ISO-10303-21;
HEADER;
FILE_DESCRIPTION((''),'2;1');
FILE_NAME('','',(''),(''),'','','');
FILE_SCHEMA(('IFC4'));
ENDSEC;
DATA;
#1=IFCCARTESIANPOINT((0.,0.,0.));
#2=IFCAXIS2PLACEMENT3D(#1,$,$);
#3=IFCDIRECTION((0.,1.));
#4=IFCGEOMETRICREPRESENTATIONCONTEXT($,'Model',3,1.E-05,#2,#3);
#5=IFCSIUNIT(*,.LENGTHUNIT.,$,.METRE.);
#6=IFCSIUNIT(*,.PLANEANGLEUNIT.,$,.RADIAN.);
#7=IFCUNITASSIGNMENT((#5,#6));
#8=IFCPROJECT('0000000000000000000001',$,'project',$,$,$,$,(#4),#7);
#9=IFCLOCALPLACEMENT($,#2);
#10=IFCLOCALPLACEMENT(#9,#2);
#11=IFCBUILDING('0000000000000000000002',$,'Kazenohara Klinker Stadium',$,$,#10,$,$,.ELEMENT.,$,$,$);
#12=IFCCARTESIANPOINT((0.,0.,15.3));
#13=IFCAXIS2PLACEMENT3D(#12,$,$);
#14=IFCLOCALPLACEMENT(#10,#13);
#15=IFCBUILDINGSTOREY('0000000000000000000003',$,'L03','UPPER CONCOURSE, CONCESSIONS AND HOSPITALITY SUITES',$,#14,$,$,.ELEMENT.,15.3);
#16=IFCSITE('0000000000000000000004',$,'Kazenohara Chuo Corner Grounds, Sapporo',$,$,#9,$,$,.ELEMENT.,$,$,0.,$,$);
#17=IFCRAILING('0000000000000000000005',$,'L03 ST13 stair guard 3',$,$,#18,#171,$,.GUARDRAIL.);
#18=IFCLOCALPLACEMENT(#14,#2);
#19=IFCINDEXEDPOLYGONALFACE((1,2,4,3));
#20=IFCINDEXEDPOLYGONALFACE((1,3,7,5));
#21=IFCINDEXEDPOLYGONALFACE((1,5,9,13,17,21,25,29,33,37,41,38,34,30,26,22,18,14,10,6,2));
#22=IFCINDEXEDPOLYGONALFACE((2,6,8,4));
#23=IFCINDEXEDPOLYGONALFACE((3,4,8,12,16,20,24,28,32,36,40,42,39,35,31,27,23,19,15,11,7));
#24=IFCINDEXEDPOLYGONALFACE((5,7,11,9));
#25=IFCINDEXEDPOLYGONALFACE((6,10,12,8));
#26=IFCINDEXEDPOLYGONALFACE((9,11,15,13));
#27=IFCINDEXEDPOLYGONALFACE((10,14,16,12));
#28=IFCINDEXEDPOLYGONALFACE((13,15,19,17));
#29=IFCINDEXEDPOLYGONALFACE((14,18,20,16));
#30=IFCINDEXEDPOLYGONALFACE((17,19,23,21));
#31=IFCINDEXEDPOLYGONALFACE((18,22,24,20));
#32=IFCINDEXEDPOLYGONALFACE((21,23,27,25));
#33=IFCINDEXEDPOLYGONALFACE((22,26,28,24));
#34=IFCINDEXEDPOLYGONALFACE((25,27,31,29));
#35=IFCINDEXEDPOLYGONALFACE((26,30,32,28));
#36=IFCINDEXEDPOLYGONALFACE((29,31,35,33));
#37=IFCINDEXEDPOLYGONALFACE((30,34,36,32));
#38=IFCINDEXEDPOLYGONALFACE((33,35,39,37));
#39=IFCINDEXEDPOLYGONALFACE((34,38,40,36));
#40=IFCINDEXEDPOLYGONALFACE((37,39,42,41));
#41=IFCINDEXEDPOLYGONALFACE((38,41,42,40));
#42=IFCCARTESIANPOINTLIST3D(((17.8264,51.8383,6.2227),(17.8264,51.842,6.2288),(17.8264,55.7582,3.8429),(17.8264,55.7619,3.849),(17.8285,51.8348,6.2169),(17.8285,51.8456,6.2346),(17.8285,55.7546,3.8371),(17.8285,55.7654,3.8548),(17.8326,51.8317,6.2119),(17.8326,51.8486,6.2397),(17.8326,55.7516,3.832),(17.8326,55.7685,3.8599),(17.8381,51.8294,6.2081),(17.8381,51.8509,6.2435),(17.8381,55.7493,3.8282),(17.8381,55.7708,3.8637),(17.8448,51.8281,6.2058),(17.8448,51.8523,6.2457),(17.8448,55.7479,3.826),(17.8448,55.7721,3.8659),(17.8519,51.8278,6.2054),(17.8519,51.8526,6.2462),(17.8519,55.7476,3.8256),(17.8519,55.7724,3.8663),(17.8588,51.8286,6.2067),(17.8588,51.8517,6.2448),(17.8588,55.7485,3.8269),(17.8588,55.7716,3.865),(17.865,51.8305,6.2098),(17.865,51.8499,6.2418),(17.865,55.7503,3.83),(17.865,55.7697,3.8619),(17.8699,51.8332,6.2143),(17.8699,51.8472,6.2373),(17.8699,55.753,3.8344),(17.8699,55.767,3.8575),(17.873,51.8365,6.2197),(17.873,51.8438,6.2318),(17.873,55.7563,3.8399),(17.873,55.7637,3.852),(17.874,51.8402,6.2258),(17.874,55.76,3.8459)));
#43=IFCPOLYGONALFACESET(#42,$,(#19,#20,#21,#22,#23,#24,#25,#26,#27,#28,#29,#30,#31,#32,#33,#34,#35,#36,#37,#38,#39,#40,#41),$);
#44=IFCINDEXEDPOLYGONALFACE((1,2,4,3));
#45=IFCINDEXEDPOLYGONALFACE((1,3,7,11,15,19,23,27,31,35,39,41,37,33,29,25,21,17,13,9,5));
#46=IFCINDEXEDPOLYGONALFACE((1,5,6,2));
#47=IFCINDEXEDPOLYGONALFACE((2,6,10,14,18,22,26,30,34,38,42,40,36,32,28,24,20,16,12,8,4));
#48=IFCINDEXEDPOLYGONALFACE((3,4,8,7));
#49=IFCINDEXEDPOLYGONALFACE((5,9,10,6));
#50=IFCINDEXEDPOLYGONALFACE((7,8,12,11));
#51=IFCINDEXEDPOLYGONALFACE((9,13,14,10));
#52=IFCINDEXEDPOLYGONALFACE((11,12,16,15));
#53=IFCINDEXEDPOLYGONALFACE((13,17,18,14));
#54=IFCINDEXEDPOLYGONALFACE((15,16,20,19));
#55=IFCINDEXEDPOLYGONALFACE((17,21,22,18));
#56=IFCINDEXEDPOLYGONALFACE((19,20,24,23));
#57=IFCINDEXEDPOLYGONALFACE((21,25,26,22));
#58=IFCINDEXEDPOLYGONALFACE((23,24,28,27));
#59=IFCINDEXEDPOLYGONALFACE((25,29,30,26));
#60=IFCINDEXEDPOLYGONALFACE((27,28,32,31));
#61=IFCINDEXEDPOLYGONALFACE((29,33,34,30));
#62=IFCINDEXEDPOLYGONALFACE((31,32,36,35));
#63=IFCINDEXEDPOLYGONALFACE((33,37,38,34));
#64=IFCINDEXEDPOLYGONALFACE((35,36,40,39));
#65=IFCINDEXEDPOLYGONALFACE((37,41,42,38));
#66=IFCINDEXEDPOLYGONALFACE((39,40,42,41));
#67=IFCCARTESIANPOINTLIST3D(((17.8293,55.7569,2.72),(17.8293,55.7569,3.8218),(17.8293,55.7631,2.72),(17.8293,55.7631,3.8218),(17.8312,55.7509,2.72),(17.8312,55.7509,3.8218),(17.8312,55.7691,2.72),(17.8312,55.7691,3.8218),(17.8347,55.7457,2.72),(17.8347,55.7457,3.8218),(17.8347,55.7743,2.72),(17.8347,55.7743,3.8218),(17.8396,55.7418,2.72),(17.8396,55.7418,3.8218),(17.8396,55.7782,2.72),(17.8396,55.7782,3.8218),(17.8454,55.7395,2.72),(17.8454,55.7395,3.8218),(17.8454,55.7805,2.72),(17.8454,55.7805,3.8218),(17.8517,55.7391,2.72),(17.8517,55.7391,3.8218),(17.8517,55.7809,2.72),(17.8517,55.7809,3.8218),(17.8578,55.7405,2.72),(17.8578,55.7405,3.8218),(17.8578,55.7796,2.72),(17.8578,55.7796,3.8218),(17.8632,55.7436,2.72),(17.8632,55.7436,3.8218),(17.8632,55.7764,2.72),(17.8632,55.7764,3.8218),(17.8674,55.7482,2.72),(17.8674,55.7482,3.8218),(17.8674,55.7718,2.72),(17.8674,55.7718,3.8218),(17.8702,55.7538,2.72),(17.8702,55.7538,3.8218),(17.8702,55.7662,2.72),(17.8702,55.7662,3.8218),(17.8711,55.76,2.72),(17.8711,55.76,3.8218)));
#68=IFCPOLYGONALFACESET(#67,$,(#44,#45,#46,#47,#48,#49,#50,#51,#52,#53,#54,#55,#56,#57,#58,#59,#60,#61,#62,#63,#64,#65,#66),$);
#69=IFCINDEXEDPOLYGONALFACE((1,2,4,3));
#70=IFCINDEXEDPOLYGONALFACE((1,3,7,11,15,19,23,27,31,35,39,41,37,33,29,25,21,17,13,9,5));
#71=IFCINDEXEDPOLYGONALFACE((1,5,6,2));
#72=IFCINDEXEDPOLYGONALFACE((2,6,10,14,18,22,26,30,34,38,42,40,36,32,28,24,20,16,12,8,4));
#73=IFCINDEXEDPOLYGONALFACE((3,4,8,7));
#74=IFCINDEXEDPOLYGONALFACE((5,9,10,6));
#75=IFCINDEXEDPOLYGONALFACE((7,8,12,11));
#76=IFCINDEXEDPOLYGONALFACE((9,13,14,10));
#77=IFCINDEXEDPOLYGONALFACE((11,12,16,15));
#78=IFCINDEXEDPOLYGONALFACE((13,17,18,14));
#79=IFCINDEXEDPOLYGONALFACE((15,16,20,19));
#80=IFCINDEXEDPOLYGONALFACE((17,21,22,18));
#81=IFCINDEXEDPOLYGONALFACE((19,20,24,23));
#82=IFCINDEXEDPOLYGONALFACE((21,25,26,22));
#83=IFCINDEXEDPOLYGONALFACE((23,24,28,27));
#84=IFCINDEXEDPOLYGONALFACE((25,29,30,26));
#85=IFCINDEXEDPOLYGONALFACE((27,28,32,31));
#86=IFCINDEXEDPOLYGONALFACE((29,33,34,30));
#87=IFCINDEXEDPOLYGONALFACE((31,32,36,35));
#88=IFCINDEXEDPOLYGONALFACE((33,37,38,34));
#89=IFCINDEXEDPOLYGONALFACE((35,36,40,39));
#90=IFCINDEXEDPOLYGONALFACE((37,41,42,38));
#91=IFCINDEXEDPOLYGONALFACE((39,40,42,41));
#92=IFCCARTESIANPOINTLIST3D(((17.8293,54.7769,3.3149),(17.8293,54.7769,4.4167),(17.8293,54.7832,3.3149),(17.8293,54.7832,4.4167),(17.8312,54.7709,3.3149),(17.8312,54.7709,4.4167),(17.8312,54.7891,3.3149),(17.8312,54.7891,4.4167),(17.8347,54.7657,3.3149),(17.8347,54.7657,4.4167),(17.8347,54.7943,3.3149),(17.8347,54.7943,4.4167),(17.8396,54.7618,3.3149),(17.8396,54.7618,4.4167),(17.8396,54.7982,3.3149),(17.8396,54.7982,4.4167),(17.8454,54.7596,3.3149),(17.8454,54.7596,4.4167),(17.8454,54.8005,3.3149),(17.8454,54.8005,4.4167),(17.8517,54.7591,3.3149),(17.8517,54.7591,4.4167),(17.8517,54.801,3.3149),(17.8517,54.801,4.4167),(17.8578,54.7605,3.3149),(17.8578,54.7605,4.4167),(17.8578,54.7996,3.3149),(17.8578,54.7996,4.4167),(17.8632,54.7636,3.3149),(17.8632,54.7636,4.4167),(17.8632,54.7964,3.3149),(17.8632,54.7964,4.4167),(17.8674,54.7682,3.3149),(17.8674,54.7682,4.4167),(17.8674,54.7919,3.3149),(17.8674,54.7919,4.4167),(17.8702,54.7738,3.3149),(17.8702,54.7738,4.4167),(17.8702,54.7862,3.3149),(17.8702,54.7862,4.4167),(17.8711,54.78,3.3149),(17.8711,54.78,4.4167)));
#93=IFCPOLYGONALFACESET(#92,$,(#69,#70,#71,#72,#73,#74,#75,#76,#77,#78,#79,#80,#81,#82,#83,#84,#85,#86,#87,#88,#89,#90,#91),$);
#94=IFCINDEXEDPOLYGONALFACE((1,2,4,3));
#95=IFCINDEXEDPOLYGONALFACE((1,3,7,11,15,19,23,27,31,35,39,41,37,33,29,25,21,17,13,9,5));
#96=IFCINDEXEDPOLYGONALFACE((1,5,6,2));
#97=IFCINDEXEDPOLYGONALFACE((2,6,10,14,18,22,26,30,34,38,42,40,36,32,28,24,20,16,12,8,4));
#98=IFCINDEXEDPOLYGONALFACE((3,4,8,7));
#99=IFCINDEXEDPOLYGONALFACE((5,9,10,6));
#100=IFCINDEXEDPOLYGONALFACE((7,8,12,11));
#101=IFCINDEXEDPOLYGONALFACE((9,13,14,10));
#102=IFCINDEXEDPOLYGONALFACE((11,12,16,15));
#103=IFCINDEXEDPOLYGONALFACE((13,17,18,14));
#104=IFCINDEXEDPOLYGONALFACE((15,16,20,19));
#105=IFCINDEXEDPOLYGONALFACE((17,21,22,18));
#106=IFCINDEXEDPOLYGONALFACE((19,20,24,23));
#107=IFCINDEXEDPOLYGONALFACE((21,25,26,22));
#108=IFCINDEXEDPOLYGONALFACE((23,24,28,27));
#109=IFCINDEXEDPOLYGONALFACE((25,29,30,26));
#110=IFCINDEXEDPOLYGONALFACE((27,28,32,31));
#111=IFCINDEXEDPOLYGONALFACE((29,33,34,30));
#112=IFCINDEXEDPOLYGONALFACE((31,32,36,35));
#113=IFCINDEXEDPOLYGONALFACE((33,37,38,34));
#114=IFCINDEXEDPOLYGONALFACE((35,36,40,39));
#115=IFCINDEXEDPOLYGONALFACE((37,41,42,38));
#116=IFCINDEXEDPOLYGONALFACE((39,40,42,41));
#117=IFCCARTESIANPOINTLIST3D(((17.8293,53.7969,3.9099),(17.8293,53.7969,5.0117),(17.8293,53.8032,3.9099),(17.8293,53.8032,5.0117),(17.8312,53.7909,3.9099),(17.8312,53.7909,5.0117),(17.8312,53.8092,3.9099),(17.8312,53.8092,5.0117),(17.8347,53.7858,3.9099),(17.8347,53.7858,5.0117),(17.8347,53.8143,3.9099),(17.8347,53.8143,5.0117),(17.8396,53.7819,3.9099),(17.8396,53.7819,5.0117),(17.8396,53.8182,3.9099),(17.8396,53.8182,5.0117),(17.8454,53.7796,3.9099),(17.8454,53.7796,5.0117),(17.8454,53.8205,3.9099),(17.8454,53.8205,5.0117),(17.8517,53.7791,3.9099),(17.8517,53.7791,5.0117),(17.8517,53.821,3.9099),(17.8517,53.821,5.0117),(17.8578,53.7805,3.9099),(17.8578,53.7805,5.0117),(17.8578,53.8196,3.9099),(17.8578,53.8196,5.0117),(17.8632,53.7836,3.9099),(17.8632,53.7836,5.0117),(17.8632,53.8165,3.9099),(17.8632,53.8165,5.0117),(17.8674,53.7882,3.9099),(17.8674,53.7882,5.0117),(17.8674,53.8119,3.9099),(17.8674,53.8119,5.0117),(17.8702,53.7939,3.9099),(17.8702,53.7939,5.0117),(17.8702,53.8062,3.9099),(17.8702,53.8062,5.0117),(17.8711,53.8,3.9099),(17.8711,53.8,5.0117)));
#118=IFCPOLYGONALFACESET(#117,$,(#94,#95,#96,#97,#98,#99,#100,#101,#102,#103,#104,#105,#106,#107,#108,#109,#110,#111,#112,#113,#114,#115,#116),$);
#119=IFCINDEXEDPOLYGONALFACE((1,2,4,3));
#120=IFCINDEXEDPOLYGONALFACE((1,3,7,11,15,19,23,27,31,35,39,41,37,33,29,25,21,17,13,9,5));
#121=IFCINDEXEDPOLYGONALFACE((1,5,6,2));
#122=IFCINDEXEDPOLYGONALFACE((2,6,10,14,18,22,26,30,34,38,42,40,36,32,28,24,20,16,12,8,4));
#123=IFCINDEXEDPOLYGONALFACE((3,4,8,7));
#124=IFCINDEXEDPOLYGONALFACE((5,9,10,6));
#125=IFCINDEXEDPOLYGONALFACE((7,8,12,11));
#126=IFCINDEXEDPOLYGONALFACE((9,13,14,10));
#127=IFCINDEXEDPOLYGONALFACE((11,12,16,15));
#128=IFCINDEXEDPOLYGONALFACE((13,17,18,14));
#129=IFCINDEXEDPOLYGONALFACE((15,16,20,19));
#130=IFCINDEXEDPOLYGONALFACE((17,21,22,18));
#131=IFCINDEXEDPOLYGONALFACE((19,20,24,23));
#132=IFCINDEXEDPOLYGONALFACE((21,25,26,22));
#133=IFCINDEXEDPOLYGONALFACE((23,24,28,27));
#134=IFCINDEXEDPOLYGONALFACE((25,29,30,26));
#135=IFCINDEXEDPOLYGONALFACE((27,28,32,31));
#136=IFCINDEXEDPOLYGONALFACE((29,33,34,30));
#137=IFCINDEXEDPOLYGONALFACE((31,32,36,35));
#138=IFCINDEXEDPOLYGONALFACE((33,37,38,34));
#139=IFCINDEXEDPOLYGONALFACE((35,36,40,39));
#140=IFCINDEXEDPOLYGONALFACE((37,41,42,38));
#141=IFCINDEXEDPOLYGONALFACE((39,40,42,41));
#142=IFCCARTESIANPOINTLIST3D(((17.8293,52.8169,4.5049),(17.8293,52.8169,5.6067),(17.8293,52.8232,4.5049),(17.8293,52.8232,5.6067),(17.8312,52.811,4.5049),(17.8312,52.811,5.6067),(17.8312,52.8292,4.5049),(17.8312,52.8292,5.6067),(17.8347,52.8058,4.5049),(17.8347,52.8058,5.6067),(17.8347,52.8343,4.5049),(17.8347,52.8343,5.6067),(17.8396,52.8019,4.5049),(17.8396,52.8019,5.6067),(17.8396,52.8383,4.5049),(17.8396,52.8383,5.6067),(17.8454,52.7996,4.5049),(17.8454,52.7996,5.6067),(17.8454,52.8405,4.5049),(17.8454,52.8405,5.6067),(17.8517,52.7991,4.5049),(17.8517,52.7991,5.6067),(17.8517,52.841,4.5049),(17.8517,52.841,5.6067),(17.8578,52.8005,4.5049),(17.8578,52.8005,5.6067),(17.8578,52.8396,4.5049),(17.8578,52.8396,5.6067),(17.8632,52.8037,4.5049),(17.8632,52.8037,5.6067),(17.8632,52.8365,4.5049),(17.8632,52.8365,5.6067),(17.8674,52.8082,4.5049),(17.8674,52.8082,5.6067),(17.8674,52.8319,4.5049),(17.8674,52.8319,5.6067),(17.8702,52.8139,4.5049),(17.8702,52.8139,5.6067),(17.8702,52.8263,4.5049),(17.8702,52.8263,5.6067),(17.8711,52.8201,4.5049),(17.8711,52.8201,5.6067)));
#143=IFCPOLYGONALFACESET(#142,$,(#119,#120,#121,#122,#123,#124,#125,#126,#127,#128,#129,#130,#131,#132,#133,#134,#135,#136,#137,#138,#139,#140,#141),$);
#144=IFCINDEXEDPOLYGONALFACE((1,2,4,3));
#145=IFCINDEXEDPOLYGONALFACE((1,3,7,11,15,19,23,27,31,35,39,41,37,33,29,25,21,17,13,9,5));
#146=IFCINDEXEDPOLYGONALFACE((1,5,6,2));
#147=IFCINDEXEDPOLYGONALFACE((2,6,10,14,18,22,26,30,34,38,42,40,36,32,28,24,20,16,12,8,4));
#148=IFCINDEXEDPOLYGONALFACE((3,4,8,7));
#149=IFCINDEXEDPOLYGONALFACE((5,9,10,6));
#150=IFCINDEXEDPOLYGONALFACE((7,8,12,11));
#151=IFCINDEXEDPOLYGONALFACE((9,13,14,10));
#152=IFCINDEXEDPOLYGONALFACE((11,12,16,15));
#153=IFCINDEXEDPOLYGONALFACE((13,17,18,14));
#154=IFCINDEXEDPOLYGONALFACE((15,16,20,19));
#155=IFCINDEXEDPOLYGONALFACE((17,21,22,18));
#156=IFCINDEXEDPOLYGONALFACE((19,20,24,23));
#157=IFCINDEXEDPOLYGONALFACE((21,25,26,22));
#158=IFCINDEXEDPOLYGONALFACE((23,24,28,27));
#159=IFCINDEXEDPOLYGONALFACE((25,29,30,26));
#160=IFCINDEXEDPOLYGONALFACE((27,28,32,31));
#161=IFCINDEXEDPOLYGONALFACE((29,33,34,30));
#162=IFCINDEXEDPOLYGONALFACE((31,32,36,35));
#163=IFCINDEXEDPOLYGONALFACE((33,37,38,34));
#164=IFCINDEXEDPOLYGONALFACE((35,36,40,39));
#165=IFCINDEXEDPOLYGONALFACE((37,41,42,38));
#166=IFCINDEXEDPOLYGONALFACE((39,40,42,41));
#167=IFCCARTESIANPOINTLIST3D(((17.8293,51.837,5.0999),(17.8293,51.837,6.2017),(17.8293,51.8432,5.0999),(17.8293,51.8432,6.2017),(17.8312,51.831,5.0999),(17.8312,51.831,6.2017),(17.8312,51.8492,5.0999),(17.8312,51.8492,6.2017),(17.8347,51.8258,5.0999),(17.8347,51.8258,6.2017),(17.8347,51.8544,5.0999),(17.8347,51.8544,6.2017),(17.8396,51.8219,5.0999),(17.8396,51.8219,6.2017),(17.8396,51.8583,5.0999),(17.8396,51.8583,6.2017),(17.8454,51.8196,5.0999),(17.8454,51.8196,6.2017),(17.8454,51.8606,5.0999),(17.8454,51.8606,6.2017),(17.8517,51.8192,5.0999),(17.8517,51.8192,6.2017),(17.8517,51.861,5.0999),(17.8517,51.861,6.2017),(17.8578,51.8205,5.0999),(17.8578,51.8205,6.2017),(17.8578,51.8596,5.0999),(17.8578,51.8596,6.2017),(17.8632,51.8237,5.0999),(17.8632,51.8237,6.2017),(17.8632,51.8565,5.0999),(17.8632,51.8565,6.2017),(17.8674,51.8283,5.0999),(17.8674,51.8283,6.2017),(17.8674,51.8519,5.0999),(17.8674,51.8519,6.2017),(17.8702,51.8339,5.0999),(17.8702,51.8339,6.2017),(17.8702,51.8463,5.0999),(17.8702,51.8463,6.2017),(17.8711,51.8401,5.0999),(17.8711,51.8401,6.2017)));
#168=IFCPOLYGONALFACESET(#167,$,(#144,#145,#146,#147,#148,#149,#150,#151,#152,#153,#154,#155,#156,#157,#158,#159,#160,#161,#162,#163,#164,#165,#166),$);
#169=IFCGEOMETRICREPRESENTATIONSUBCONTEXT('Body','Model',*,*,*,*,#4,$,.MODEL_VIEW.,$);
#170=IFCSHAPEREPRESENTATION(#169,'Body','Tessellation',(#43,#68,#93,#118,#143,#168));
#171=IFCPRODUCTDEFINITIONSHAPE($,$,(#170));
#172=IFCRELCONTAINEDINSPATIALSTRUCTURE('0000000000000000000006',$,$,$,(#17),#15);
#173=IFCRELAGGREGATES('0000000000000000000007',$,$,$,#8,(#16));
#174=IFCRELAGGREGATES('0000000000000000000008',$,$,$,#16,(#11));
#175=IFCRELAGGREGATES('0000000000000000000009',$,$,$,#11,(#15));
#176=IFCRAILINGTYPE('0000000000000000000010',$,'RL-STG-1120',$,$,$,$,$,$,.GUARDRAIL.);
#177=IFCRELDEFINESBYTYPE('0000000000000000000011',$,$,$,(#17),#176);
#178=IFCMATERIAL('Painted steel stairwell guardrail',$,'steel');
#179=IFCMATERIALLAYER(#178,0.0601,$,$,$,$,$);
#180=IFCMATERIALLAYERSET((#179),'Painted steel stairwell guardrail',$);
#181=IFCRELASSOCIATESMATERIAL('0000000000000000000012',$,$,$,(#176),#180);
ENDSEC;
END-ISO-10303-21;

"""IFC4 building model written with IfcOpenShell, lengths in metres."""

from ifc_helpers import new_model, si_unit, direction, frame, origin, origin_2d, place, context, subcontext, project, spatial, circle, extrude, material, layer, layer_set, type_object, element, save


model = new_model("IFC4")

# Units and contexts
model_context = context("Model", 3, precision=1e-05, world=origin(), true_north=direction((0.0, 1.0)))
body_context = subcontext(model_context, "Body", "Model", "MODEL_VIEW")
ifc_project = project(units=[si_unit("LENGTHUNIT", "METRE"), si_unit("PLANEANGLEUNIT", "RADIAN")], contexts=[model_context])

# Site, building, storey
site_placement = place(None, origin())
site = spatial("IfcSite", under=ifc_project, at=site_placement, Name="Kazenohara Chuo Corner Grounds, Sapporo", CompositionType="ELEMENT", RefElevation=0.0)
building_placement = place(site_placement, origin())
building = spatial("IfcBuilding", under=site, at=building_placement, Name="Kazenohara Klinker Stadium", CompositionType="ELEMENT")
storey_placement = place(building_placement, frame((0.0, 0.0, 15.3)))
storey = spatial("IfcBuildingStorey", under=building, at=storey_placement, Name="L03", Description="UPPER CONCOURSE, CONCESSIONS AND HOSPITALITY SUITES", CompositionType="ELEMENT", Elevation=15.3)

# Railing
ifc_material_1 = material(Name="Painted steel stairwell guardrail", Category="steel")
ifc_layer_1 = layer(ifc_material_1, 0.0601)
ifc_layer_set_1 = layer_set([ifc_layer_1], Name="Painted steel stairwell guardrail")
railing_type_1 = type_object("IfcRailingType", Name="RL-STG-1120", PredefinedType="GUARDRAIL", material=ifc_layer_set_1)
railing_1_placement = place(storey_placement, frame((17.8501, 55.76, 2.72)))
element("IfcRailing", 1, at=railing_1_placement, inside=storey, type_object=railing_type_1, Name="L03 ST13 stair guard 3", PredefinedType="GUARDRAIL", context=body_context, shape_type="SweptSolid", body=[
    extrude(circle(Radius=0.0239, at=origin_2d()), frame((0.0, 0.0, 1.126), z_axis=(0.0, -0.854794, 0.518967), x_axis=(1.0, 0.0, 0.0)), (0.0, 0.0, 1.0), 4.5857),
    extrude(circle(Radius=0.021, at=origin_2d()), origin(), (0.0, 0.0, 1.0), 1.1018),
    extrude(circle(Radius=0.021, at=origin_2d()), frame((0.0, -0.98, 0.595)), (0.0, 0.0, 1.0), 1.1018),
    extrude(circle(Radius=0.021, at=origin_2d()), frame((0.0, -1.96, 1.1899)), (0.0, 0.0, 1.0), 1.1018),
    extrude(circle(Radius=0.021, at=origin_2d()), frame((0.0, -2.9399, 1.7849)), (0.0, 0.0, 1.0), 1.1018),
    extrude(circle(Radius=0.021, at=origin_2d()), frame((0.0, -3.9199, 2.3799)), (0.0, 0.0, 1.0), 1.1018),
])

save(model, "model.ifc")
